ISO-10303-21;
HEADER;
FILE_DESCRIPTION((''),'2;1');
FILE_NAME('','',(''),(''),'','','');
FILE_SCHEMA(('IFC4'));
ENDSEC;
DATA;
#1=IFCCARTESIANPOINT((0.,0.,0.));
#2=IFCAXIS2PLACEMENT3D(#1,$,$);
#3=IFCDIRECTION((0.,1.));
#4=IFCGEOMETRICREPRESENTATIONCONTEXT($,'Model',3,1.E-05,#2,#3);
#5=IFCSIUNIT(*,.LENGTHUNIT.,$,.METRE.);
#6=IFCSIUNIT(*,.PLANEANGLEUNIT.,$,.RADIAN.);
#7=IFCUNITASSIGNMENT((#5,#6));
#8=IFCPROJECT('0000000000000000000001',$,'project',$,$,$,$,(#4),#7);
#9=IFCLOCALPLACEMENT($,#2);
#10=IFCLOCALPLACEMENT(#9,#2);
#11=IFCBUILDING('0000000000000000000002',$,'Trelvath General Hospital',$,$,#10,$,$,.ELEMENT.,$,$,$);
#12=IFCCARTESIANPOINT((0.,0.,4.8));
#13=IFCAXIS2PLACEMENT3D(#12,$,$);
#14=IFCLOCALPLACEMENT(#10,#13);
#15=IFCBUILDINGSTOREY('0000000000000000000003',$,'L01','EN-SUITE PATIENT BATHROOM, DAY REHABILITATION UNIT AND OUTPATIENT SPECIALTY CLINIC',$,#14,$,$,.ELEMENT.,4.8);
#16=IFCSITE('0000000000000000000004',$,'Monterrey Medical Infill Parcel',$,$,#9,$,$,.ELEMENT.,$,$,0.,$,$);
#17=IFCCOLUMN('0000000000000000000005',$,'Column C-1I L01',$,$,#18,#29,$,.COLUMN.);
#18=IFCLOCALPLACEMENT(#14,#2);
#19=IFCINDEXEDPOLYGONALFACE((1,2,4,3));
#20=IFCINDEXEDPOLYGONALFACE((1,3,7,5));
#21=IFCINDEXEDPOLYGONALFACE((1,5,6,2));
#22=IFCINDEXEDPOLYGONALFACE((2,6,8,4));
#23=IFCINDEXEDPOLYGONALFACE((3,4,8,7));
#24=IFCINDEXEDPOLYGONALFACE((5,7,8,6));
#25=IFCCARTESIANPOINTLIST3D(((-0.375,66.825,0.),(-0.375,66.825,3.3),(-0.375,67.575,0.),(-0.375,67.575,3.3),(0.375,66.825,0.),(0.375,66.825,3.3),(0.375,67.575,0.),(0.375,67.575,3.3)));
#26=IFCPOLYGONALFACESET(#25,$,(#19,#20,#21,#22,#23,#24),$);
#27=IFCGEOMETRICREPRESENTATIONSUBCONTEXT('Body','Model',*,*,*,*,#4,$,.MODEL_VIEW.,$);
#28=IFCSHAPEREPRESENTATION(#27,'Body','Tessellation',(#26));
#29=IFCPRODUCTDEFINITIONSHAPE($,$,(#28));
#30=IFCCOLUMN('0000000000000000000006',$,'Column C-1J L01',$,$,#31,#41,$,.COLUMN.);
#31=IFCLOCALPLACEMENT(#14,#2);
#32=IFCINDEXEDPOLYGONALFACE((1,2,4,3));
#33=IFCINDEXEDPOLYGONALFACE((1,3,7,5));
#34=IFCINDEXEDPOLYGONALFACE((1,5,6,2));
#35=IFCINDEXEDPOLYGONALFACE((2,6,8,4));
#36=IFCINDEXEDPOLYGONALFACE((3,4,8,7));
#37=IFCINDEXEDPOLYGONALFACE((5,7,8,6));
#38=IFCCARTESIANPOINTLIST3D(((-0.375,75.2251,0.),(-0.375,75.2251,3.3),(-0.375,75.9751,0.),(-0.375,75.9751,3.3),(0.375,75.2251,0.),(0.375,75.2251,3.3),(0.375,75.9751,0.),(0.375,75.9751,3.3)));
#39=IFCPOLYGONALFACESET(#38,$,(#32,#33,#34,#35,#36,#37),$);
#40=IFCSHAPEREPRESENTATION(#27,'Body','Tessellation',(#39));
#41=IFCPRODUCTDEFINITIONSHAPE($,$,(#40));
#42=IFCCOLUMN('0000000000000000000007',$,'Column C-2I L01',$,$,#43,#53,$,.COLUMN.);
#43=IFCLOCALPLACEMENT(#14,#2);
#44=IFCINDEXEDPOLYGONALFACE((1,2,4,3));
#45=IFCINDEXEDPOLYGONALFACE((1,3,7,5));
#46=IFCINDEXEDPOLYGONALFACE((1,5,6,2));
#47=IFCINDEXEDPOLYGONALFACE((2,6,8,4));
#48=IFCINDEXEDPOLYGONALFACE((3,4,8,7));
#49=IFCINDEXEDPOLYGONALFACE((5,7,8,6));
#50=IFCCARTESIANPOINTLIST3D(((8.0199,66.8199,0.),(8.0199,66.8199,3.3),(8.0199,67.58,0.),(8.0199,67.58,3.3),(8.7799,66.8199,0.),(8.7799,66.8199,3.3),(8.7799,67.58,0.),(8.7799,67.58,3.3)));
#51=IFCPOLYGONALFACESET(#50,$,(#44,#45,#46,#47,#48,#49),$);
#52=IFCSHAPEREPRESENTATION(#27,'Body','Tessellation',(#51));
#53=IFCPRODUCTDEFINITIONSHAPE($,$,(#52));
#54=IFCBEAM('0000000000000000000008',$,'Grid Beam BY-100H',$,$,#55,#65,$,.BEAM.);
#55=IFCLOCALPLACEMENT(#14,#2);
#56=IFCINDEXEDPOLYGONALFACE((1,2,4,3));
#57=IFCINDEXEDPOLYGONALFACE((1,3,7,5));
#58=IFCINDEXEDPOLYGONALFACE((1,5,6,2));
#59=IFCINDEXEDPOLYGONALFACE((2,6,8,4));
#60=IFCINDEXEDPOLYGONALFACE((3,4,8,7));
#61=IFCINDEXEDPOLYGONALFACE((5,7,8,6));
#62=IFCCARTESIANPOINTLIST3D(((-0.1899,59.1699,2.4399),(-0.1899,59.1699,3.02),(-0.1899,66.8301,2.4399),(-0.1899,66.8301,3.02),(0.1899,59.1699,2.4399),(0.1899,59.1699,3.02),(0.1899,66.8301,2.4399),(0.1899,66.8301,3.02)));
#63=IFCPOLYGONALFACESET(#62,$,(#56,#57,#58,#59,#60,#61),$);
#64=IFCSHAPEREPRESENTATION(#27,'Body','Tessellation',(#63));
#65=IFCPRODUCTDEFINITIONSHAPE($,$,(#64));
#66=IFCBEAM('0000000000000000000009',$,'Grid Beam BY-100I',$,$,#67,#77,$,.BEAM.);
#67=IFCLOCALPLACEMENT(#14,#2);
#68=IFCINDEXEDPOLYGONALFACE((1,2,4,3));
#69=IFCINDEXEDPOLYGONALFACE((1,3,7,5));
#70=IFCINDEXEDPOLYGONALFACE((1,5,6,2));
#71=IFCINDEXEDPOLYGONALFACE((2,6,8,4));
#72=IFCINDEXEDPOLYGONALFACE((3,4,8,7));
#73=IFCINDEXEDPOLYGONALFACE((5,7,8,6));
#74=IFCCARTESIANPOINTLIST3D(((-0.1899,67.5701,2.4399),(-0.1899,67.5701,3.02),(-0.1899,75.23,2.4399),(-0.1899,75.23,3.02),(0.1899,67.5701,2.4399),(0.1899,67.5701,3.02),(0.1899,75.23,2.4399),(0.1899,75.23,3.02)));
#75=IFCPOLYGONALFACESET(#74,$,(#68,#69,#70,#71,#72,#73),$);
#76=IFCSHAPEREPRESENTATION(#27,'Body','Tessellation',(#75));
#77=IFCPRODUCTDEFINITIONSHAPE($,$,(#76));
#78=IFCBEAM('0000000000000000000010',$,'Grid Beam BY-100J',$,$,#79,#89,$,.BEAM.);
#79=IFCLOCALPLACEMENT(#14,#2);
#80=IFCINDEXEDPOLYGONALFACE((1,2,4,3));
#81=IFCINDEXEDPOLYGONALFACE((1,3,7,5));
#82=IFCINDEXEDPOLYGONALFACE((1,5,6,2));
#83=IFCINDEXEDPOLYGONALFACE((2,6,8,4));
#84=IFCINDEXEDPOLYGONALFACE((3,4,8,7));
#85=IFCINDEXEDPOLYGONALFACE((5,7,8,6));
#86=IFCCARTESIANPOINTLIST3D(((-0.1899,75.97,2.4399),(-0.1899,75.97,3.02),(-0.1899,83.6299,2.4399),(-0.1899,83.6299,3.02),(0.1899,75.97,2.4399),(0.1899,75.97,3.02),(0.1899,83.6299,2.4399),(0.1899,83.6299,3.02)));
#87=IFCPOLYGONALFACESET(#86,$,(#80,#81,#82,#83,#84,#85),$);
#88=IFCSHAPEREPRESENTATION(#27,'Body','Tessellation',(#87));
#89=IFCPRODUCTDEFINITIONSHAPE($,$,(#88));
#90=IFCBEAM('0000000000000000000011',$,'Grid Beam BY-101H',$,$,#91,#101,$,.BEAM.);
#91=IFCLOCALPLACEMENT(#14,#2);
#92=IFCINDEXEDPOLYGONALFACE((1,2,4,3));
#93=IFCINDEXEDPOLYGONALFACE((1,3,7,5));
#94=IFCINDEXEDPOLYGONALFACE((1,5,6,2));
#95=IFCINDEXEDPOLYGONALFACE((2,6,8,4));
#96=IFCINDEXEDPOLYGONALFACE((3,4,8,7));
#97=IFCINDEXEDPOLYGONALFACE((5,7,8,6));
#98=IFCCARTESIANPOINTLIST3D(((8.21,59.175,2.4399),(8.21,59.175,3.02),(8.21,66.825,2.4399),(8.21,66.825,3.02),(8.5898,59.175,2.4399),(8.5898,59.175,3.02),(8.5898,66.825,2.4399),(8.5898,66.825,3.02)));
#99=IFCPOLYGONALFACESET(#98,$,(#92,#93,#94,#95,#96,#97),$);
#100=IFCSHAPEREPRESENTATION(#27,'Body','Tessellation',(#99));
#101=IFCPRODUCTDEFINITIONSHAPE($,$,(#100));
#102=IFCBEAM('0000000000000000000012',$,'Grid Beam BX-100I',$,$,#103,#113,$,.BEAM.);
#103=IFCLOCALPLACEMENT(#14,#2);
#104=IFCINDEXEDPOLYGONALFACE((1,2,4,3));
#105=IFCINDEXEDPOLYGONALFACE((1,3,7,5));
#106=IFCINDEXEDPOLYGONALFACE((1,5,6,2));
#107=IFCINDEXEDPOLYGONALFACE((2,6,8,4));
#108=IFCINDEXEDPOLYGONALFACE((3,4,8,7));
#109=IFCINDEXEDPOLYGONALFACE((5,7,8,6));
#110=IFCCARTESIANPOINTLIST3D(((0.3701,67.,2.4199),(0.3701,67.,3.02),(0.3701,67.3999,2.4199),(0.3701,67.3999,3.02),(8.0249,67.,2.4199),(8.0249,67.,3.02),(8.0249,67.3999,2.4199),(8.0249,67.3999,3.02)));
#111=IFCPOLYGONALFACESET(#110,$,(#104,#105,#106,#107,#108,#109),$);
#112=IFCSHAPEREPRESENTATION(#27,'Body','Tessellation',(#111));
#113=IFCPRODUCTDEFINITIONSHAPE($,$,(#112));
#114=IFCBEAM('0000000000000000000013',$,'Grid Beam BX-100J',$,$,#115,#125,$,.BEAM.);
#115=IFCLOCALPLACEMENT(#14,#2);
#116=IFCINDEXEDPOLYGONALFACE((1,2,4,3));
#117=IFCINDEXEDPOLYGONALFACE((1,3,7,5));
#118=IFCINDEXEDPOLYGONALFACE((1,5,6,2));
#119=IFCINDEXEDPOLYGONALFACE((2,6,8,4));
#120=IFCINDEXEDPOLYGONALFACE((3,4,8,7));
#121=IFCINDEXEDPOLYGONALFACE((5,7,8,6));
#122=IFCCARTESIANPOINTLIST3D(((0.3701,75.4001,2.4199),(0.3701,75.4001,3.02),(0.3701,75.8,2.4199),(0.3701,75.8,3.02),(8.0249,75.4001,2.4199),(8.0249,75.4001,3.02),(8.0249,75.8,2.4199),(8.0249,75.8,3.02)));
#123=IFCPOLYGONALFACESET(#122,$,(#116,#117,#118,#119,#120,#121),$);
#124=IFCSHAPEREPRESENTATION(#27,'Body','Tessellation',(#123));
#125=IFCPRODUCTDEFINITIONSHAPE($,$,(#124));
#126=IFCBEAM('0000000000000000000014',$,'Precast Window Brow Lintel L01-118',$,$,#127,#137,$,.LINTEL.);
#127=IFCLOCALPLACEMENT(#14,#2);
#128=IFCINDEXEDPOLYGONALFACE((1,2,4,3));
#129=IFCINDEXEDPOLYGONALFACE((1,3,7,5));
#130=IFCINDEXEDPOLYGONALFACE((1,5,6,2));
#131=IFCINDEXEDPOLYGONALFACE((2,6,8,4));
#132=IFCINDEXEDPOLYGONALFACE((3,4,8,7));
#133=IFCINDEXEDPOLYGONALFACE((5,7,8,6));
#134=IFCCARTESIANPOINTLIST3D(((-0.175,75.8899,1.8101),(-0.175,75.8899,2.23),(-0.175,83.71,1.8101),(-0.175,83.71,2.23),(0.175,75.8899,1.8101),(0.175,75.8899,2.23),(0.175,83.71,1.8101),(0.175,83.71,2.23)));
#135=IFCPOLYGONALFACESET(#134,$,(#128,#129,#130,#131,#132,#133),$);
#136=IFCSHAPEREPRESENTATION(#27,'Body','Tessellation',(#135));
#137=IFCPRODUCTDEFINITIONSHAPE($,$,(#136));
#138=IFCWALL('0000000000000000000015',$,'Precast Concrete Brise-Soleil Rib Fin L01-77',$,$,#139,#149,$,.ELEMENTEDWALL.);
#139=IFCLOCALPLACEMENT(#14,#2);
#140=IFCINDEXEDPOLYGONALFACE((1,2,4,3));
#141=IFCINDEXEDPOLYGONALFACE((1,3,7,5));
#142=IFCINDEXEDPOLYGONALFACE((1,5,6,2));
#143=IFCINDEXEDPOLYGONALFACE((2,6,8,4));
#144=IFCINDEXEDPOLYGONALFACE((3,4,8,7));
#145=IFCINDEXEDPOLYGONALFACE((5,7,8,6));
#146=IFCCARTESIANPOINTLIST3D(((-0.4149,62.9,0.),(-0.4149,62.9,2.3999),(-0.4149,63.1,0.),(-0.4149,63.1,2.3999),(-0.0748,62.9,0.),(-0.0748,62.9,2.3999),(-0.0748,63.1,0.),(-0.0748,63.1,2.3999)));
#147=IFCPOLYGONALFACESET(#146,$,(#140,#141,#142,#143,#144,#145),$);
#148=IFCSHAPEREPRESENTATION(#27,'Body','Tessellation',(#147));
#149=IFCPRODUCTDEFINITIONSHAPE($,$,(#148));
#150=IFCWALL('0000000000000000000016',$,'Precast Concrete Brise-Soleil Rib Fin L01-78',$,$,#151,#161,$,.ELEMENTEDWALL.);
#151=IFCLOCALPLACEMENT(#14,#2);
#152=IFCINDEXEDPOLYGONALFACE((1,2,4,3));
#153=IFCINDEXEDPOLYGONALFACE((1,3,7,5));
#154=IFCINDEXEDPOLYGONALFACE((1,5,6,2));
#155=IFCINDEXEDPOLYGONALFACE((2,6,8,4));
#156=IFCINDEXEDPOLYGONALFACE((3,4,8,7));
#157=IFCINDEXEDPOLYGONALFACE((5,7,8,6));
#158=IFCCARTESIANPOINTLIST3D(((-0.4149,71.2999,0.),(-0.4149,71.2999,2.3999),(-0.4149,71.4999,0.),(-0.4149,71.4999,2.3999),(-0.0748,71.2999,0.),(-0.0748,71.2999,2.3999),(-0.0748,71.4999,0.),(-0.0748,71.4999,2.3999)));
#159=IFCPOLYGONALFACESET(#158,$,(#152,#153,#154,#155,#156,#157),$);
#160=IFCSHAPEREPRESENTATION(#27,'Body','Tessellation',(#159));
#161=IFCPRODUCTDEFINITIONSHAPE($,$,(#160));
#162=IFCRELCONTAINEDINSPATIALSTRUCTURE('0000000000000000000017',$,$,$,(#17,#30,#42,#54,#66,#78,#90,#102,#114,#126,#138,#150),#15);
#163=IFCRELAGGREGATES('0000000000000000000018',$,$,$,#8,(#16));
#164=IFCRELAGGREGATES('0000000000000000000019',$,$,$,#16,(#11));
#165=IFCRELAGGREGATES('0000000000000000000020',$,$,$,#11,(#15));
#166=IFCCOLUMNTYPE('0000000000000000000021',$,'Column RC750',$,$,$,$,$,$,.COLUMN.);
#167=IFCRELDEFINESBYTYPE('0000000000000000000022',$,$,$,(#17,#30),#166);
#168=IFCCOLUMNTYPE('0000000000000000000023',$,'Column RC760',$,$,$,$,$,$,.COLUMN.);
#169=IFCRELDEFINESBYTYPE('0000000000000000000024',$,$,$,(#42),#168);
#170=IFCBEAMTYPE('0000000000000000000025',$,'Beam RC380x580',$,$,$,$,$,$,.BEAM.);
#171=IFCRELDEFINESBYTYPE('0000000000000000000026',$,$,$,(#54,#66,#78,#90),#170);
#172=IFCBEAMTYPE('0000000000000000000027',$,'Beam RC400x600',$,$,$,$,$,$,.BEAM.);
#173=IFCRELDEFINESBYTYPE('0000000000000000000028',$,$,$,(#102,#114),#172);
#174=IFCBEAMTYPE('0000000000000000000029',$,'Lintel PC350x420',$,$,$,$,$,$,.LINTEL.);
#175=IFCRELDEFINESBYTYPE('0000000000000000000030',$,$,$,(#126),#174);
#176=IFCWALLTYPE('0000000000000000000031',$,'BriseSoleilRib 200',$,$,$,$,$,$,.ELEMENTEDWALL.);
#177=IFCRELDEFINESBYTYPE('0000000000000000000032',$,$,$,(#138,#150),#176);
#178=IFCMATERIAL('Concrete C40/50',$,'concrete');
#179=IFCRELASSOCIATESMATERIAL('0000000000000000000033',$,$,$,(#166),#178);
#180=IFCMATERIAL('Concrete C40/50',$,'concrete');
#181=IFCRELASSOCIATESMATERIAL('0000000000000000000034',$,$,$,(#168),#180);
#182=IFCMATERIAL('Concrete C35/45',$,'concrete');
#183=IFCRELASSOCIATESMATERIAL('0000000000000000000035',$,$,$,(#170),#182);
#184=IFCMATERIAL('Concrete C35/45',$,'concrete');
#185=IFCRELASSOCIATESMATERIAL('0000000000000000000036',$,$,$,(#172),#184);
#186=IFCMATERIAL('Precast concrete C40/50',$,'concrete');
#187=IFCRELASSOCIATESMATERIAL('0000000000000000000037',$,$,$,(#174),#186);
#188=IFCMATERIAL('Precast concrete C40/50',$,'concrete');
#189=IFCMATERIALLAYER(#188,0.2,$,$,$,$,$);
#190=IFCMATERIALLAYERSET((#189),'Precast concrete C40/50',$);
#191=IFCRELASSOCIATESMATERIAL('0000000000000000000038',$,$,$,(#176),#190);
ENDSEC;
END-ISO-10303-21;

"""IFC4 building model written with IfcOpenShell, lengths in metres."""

from ifc_helpers import new_model, si_unit, direction, frame, frame_2d, origin, origin_2d, place, context, subcontext, project, spatial, rectangle, extrude, material, layer, layer_set, material_profile, profile_set, type_object, element, save


model = new_model("IFC4")

# Units and contexts
model_context = context("Model", 3, precision=1e-05, world=origin(), true_north=direction((0.0, 1.0)))
body_context = subcontext(model_context, "Body", "Model", "MODEL_VIEW")
ifc_project = project(units=[si_unit("LENGTHUNIT", "METRE"), si_unit("PLANEANGLEUNIT", "RADIAN")], contexts=[model_context])

# Site, building, storey
site_placement = place(None, origin())
site = spatial("IfcSite", under=ifc_project, at=site_placement, Name="Monterrey Medical Infill Parcel", CompositionType="ELEMENT", RefElevation=0.0)
building_placement = place(site_placement, origin())
building = spatial("IfcBuilding", under=site, at=building_placement, Name="Trelvath General Hospital", CompositionType="ELEMENT")
storey_placement = place(building_placement, frame((0.0, 0.0, 4.8)))
storey = spatial("IfcBuildingStorey", under=building, at=storey_placement, Name="L01", Description="EN-SUITE PATIENT BATHROOM, DAY REHABILITATION UNIT AND OUTPATIENT SPECIALTY CLINIC", CompositionType="ELEMENT", Elevation=4.8)

# Columns
ifc_material_1 = material(Name="Concrete C40/50", Category="concrete")
ifc_material_profile_1 = material_profile(ifc_material_1, rectangle(XDim=0.75, YDim=0.75, at=origin_2d()), Name="RC750x750")
ifc_profile_set_1 = profile_set([ifc_material_profile_1], Name="Concrete C40/50")
column_type_1 = type_object("IfcColumnType", Name="Column RC750", PredefinedType="COLUMN", material=ifc_profile_set_1)
for number, where, z_axis, x_axis, name in (
    (1, (0.0, 67.2, 0.0), (0.0, 0.0, 1.0), (1.0, 0.0, 0.0), "Column C-1I L01"),
    (2, (0.0, 75.6001, 0.0), (0.0, 0.0, 1.0), (1.0, 0.0, 0.0), "Column C-1J L01"),
):
    element("IfcColumn", number, at=place(storey_placement, frame(where, z_axis=z_axis, x_axis=x_axis)), inside=storey, type_object=column_type_1, Name=name, PredefinedType="COLUMN", context=body_context, shape_type="SweptSolid", body=[
        extrude(rectangle(XDim=0.75, YDim=0.75, at=origin_2d()), origin(), (0.0, 0.0, 1.0), 3.3),
    ])
ifc_material_2 = material(Name="Concrete C40/50", Category="concrete")
ifc_material_profile_2 = material_profile(ifc_material_2, rectangle(XDim=0.76, YDim=0.76, at=origin_2d()), Name="RC760x760")
ifc_profile_set_2 = profile_set([ifc_material_profile_2], Name="Concrete C40/50")
column_type_2 = type_object("IfcColumnType", Name="Column RC760", PredefinedType="COLUMN", material=ifc_profile_set_2)
column_placement = place(storey_placement, frame((8.3999, 67.2, 0.0), z_axis=(0.0, 0.0, 1.0), x_axis=(1.0, 0.0, 0.0)))
element("IfcColumn", 3, at=column_placement, inside=storey, type_object=column_type_2, Name="Column C-2I L01", PredefinedType="COLUMN", context=body_context, shape_type="SweptSolid", body=[
    extrude(rectangle(XDim=0.76, YDim=0.76, at=origin_2d()), origin(), (0.0, 0.0, 1.0), 3.3),
])

# Beams
ifc_material_3 = material(Name="Concrete C35/45", Category="concrete")
ifc_material_profile_3 = material_profile(ifc_material_3, rectangle(XDim=0.3799, YDim=0.5801, at=origin_2d()), Name="RCB380x580")
ifc_profile_set_3 = profile_set([ifc_material_profile_3], Name="Concrete C35/45")
beam_type_1 = type_object("IfcBeamType", Name="Beam RC380x580", PredefinedType="BEAM", material=ifc_profile_set_3)
beam_1_placement = place(storey_placement, frame((0.0, 59.1699, 2.73), z_axis=(0.0, 1.0, 0.0), x_axis=(-1.0, 0.0, 0.0)))
element("IfcBeam", 4, at=beam_1_placement, inside=storey, type_object=beam_type_1, Name="Grid Beam BY-100H", PredefinedType="BEAM", context=body_context, shape_type="SweptSolid", body=[
    extrude(rectangle(XDim=0.3799, YDim=0.5801, at=origin_2d()), origin(), (0.0, 0.0, 1.0), 7.6602),
])
for number, where, z_axis, x_axis, name in (
    (5, (0.0, 67.5701, 2.73), (0.0, 1.0, 0.0), (-1.0, 0.0, 0.0), "Grid Beam BY-100I"),
    (6, (0.0, 75.97, 2.73), (0.0, 1.0, 0.0), (-1.0, 0.0, 0.0), "Grid Beam BY-100J"),
):
    element("IfcBeam", number, at=place(storey_placement, frame(where, z_axis=z_axis, x_axis=x_axis)), inside=storey, type_object=beam_type_1, Name=name, PredefinedType="BEAM", context=body_context, shape_type="SweptSolid", body=[
        extrude(rectangle(XDim=0.3799, YDim=0.5801, at=origin_2d()), origin(), (0.0, 0.0, 1.0), 7.6599),
    ])
beam_2_placement = place(storey_placement, frame((8.3999, 59.175, 2.73), z_axis=(0.0, 1.0, 0.0), x_axis=(-1.0, 0.0, 0.0)))
element("IfcBeam", 7, at=beam_2_placement, inside=storey, type_object=beam_type_1, Name="Grid Beam BY-101H", PredefinedType="BEAM", context=body_context, shape_type="SweptSolid", body=[
    extrude(rectangle(XDim=0.3799, YDim=0.5801, at=origin_2d()), origin(), (0.0, 0.0, 1.0), 7.6499),
])
ifc_material_4 = material(Name="Concrete C35/45", Category="concrete")
ifc_material_profile_4 = material_profile(ifc_material_4, rectangle(XDim=0.3999, YDim=0.6001, at=origin_2d()), Name="RCB400x600")
ifc_profile_set_4 = profile_set([ifc_material_profile_4], Name="Concrete C35/45")
beam_type_2 = type_object("IfcBeamType", Name="Beam RC400x600", PredefinedType="BEAM", material=ifc_profile_set_4)
for number, where, z_axis, x_axis, name in (
    (8, (0.3701, 67.2, 2.72), (1.0, 0.0, 0.0), (0.0, 1.0, 0.0), "Grid Beam BX-100I"),
    (9, (0.3701, 75.6001, 2.72), (1.0, 0.0, 0.0), (0.0, 1.0, 0.0), "Grid Beam BX-100J"),
):
    element("IfcBeam", number, at=place(storey_placement, frame(where, z_axis=z_axis, x_axis=x_axis)), inside=storey, type_object=beam_type_2, Name=name, PredefinedType="BEAM", context=body_context, shape_type="SweptSolid", body=[
        extrude(rectangle(XDim=0.3999, YDim=0.6001, at=origin_2d()), origin(), (0.0, 0.0, 1.0), 7.6548),
    ])
ifc_material_5 = material(Name="Precast concrete C40/50", Category="concrete")
ifc_material_profile_5 = material_profile(ifc_material_5, rectangle(XDim=0.3501, YDim=0.4199, at=origin_2d()), Name="PCL350x420")
ifc_profile_set_5 = profile_set([ifc_material_profile_5], Name="Precast concrete C40/50")
beam_type_3 = type_object("IfcBeamType", Name="Lintel PC350x420", PredefinedType="LINTEL", material=ifc_profile_set_5)
beam_3_placement = place(storey_placement, frame((0.0, 75.8899, 2.02), z_axis=(0.0, 1.0, 0.0), x_axis=(-1.0, 0.0, 0.0)))
element("IfcBeam", 10, at=beam_3_placement, inside=storey, type_object=beam_type_3, Name="Precast Window Brow Lintel L01-118", PredefinedType="LINTEL", context=body_context, shape_type="SweptSolid", body=[
    extrude(rectangle(XDim=0.3501, YDim=0.4199, at=origin_2d()), origin(), (0.0, 0.0, 1.0), 7.8201),
])

# Walls
ifc_material_6 = material(Name="Precast concrete C40/50", Category="concrete")
ifc_layer_1 = layer(ifc_material_6, 0.2)
ifc_layer_set_1 = layer_set([ifc_layer_1], Name="Precast concrete C40/50")
wall_type_1 = type_object("IfcWallType", Name="BriseSoleilRib 200", PredefinedType="ELEMENTEDWALL", material=ifc_layer_set_1)
for number, where, z_axis, x_axis, name in (
    (11, (-0.075, 63.0, 0.0), (0.0, 0.0, 1.0), (-1.0, 0.0, 0.0), "Precast Concrete Brise-Soleil Rib Fin L01-77"),
    (12, (-0.075, 71.3999, 0.0), (0.0, 0.0, 1.0), (-1.0, 0.0, 0.0), "Precast Concrete Brise-Soleil Rib Fin L01-78"),
):
    element("IfcWall", number, at=place(storey_placement, frame(where, z_axis=z_axis, x_axis=x_axis)), inside=storey, type_object=wall_type_1, Name=name, PredefinedType="ELEMENTEDWALL", context=body_context, shape_type="SweptSolid", body=[
        extrude(rectangle(XDim=0.3401, YDim=0.2, at=frame_2d((0.1699, 0.0))), origin(), (0.0, 0.0, 1.0), 2.3999),
    ])

save(model, "model.ifc")
